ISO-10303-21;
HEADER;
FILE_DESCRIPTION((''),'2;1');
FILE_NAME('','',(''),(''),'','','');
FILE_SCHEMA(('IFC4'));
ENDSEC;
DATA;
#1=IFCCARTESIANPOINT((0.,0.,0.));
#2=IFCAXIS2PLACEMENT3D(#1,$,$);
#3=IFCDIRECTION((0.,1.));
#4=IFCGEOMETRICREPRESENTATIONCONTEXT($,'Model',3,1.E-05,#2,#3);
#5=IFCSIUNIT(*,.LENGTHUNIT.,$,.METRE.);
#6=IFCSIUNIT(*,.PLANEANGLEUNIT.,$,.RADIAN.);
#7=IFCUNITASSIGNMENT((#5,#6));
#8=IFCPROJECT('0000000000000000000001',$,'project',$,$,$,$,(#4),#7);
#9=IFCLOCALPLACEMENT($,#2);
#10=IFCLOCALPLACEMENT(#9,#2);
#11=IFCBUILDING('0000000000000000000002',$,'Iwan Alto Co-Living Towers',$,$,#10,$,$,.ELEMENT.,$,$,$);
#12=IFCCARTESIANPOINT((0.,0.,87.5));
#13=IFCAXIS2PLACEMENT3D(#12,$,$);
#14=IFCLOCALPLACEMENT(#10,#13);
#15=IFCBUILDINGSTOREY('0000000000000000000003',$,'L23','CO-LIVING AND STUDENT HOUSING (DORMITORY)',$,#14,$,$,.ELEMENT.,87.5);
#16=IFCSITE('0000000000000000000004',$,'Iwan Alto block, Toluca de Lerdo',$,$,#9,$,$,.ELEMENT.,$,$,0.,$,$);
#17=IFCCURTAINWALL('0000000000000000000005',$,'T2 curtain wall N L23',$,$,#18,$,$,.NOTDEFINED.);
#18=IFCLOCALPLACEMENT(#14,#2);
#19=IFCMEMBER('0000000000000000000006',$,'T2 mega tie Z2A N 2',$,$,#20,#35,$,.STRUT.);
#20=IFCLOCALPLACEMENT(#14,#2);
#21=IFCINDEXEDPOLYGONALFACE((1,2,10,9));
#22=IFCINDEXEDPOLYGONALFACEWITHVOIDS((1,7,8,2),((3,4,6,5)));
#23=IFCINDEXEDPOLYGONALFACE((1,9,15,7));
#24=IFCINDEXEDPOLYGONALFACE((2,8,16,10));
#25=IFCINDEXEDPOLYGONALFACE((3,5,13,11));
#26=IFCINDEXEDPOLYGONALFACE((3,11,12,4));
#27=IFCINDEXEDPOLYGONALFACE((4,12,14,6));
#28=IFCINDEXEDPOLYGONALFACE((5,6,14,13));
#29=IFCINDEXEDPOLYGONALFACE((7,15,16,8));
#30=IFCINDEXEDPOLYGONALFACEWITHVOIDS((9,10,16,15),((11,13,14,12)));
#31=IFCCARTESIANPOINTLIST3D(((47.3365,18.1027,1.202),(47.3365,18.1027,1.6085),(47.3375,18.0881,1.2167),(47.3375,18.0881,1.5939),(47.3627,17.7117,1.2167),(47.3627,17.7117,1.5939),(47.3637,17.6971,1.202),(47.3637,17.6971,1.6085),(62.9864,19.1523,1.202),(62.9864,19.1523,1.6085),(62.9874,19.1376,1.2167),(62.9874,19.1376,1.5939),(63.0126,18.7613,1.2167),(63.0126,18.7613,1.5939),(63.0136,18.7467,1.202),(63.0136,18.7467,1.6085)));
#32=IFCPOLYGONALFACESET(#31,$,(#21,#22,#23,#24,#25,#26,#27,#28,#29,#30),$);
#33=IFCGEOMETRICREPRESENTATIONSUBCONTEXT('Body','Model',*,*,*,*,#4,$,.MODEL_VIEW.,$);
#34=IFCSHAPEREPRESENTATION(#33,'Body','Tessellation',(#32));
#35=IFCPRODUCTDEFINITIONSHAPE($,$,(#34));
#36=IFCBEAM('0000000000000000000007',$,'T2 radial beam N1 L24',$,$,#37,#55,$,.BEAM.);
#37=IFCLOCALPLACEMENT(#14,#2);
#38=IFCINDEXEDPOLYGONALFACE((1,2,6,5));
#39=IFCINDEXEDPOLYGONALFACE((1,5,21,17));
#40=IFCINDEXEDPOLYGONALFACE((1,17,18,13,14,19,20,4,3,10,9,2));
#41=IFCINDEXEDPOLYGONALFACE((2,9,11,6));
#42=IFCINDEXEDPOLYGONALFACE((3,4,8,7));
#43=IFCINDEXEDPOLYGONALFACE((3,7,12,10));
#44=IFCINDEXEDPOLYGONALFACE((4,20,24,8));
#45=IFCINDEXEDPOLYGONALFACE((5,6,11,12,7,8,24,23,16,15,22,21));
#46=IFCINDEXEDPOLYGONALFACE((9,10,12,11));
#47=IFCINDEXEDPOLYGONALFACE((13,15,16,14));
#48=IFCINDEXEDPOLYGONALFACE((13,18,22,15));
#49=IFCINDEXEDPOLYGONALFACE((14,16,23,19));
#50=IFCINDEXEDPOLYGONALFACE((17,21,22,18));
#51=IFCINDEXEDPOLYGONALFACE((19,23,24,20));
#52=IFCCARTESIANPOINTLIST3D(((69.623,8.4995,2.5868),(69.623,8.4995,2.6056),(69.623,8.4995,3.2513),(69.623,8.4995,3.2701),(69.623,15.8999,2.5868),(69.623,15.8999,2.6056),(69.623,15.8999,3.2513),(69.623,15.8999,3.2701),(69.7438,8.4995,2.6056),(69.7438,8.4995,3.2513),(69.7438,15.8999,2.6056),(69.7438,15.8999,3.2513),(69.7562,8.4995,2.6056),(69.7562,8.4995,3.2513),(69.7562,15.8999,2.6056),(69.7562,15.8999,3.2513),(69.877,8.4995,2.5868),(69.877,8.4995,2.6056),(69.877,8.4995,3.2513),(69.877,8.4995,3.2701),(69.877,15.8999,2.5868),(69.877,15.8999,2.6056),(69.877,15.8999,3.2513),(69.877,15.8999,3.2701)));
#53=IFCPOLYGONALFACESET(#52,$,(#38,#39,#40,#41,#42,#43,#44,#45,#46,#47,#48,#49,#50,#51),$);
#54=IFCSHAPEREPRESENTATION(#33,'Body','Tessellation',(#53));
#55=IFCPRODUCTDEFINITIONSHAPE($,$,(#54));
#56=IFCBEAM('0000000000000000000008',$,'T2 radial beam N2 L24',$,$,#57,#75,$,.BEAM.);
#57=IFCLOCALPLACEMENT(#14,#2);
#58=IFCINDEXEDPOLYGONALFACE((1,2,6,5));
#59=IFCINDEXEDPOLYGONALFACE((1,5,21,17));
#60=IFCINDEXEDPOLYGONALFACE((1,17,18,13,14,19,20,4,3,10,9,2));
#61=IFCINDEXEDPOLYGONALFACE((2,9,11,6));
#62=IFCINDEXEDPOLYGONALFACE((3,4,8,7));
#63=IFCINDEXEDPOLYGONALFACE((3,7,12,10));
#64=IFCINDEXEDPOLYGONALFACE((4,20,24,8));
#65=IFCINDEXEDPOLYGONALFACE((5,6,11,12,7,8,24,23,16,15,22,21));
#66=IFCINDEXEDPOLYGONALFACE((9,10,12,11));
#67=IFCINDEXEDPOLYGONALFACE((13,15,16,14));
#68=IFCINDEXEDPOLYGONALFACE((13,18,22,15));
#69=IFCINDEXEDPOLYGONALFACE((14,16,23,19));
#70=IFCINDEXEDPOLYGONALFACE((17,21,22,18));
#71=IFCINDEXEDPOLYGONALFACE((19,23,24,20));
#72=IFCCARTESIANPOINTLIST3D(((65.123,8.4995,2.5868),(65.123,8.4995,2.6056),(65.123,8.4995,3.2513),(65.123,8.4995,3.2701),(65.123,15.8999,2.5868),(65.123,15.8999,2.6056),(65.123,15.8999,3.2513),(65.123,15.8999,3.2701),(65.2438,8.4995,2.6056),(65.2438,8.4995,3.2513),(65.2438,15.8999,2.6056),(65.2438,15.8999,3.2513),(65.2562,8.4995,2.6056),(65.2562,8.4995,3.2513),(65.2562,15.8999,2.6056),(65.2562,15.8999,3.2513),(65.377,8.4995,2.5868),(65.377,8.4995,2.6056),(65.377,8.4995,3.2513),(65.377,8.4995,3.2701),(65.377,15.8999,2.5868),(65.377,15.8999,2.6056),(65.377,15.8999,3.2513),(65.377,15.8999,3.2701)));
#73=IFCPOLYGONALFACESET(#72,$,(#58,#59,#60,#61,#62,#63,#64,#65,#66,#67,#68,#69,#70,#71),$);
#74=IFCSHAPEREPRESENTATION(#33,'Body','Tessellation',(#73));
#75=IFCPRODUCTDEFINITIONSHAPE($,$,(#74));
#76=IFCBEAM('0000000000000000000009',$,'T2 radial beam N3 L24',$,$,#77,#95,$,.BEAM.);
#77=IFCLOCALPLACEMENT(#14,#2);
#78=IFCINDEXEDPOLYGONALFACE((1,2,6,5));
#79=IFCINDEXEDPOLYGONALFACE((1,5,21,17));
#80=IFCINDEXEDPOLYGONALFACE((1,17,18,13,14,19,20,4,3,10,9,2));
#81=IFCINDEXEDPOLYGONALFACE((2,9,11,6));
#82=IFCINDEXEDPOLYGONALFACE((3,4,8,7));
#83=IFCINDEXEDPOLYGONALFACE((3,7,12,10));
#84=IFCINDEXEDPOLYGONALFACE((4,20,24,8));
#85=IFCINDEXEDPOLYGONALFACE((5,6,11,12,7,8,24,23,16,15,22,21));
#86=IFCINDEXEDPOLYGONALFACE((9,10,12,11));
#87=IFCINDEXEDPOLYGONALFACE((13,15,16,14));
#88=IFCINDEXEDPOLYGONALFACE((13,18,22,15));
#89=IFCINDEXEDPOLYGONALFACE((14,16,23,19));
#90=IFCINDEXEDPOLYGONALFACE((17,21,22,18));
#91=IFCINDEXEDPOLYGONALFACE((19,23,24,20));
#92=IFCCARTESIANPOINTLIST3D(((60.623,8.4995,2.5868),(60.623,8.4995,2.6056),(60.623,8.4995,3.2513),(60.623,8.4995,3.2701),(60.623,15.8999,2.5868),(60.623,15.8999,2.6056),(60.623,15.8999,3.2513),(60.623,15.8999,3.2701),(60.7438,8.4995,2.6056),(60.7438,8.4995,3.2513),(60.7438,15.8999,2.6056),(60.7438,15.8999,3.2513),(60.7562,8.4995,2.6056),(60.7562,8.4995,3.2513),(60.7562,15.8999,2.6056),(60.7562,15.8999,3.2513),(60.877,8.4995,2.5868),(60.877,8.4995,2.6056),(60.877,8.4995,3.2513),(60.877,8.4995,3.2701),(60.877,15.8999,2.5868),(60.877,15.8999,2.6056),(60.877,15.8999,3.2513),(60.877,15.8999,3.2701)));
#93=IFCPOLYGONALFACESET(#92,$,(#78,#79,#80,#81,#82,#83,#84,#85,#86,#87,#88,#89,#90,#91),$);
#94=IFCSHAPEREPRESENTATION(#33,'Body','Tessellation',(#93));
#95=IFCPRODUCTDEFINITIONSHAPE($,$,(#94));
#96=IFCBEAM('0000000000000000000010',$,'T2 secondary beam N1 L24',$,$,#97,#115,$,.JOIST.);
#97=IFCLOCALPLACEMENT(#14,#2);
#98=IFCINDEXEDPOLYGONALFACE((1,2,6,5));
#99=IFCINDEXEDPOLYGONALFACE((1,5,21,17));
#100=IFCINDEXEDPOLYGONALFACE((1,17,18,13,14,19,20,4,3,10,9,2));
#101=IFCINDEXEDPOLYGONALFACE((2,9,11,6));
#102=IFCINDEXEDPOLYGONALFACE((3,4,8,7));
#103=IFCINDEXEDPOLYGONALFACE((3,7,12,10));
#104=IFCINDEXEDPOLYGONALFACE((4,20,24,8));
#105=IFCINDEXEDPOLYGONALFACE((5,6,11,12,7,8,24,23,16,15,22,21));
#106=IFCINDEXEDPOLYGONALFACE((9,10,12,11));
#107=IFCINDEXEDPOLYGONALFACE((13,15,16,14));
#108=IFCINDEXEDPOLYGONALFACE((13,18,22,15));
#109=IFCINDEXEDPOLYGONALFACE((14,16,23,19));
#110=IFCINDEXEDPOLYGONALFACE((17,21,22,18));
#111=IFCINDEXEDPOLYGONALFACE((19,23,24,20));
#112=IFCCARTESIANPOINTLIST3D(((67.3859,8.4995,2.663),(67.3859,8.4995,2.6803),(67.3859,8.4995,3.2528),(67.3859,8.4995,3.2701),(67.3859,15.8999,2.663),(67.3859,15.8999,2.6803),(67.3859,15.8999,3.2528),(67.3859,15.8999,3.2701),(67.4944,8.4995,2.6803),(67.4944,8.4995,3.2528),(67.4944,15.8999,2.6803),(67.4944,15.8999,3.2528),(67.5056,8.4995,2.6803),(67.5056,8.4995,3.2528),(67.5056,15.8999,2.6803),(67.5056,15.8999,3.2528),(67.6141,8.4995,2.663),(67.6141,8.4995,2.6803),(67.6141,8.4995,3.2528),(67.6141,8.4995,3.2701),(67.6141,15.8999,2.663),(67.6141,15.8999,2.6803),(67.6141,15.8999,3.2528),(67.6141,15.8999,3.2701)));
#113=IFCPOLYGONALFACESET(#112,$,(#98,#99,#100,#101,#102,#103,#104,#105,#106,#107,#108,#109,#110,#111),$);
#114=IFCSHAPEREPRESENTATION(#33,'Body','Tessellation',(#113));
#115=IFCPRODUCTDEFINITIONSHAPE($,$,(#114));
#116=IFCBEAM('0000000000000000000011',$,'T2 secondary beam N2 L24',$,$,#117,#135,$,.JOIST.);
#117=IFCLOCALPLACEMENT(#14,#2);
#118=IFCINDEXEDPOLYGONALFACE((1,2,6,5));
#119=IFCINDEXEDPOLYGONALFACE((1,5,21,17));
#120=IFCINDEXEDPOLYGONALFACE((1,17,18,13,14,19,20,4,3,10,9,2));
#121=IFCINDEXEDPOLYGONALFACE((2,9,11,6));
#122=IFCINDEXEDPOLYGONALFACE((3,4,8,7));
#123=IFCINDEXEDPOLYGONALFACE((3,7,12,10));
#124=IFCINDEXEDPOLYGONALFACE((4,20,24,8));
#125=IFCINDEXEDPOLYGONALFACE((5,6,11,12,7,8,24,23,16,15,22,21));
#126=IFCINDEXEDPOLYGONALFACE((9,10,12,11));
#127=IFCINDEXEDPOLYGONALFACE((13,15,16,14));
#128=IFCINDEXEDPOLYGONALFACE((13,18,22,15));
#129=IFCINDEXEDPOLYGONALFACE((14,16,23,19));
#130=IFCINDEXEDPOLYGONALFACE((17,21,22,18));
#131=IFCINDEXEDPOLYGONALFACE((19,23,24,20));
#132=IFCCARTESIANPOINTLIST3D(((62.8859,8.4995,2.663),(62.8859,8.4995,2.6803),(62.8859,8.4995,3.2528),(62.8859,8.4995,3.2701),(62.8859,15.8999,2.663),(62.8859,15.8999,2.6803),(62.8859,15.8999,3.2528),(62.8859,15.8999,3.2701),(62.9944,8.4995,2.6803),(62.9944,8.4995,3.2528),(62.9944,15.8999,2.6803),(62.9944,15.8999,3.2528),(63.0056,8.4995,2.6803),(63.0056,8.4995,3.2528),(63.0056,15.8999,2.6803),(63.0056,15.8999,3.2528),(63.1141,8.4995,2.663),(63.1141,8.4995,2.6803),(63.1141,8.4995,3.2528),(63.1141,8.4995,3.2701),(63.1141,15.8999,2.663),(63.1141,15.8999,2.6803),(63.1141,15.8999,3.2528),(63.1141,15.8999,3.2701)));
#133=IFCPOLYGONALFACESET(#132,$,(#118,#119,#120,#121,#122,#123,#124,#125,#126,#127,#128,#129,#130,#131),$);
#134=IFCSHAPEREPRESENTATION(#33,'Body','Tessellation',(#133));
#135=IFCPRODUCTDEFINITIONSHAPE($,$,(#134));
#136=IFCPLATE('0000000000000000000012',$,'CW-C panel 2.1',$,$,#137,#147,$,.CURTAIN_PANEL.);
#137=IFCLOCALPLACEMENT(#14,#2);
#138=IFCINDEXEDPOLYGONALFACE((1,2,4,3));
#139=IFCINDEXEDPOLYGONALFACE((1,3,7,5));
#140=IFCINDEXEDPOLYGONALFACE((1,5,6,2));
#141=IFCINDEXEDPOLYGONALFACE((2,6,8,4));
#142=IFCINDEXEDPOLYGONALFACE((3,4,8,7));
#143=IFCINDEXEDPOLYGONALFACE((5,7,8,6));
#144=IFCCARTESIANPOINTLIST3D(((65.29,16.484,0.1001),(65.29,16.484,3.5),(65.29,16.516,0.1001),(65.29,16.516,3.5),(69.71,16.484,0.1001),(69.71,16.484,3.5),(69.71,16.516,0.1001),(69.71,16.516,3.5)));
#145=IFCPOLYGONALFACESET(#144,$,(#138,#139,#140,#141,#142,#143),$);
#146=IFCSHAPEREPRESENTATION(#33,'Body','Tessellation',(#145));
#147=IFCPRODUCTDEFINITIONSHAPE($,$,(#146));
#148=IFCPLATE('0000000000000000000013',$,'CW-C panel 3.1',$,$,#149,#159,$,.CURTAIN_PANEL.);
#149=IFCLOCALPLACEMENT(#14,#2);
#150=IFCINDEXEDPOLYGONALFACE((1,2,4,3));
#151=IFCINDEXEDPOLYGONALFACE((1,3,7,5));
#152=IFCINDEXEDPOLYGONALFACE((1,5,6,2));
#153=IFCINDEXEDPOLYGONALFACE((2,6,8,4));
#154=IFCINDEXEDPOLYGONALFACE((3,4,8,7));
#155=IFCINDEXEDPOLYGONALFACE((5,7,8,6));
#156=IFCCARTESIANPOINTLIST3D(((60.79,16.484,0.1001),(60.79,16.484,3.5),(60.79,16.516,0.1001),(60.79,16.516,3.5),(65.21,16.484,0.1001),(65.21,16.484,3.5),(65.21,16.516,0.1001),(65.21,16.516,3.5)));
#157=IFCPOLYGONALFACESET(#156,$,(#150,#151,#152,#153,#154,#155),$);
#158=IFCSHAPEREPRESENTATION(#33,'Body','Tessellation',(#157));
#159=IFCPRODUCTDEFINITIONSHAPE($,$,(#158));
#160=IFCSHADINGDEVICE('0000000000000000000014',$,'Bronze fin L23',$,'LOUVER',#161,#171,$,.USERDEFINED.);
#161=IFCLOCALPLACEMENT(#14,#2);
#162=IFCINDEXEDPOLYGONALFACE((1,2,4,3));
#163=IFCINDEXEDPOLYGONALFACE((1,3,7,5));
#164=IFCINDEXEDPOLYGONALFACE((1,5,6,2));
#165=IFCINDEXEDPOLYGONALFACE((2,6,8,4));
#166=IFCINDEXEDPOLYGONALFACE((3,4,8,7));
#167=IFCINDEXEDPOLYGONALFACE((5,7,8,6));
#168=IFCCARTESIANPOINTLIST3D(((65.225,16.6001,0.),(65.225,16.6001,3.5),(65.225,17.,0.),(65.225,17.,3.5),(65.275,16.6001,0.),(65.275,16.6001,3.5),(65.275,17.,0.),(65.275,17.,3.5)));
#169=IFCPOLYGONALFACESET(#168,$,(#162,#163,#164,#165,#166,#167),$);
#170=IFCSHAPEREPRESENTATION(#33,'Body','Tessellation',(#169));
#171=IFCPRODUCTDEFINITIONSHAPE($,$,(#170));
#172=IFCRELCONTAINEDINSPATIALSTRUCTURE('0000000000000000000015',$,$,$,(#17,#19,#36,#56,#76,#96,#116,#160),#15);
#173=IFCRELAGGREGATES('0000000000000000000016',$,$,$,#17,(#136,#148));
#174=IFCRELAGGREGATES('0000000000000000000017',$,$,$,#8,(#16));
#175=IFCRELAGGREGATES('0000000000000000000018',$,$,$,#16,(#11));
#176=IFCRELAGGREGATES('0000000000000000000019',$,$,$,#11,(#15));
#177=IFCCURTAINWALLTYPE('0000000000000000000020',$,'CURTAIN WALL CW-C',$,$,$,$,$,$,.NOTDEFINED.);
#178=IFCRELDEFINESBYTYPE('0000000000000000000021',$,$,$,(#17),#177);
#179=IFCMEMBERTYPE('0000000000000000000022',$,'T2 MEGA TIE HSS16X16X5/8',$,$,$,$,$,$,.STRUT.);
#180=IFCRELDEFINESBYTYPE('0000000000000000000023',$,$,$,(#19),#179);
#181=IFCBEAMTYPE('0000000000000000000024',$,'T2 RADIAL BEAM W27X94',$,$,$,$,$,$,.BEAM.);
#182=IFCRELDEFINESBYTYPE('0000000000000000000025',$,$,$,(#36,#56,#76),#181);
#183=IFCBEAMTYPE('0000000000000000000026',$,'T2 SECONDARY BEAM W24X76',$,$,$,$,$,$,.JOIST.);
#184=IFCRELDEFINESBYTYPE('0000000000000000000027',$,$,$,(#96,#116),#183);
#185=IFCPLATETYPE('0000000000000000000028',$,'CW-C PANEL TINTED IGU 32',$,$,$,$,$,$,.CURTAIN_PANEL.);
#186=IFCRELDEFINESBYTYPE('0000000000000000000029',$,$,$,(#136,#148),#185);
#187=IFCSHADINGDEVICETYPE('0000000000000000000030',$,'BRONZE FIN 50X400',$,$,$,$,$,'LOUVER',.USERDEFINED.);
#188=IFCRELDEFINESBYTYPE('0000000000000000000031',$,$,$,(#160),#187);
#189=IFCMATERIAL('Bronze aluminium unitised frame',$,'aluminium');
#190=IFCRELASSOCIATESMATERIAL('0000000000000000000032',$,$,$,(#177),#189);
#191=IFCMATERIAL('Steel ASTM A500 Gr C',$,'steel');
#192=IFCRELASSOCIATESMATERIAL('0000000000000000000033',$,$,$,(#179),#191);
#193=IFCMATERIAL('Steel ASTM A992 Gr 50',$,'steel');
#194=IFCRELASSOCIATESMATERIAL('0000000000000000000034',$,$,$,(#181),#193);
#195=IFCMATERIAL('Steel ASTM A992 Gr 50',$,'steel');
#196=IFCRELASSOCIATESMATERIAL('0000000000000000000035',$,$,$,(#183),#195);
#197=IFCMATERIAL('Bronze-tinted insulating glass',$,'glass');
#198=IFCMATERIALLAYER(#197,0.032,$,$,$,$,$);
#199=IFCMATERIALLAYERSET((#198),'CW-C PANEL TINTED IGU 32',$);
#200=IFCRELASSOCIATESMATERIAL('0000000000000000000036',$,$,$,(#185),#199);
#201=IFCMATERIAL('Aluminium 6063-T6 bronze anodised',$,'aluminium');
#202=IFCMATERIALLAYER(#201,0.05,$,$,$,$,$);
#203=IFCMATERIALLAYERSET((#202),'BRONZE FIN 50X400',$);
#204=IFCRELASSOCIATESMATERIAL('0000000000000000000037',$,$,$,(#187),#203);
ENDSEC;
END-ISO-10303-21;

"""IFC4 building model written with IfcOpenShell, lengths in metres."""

from ifc_helpers import new_model, si_unit, direction, frame, origin, origin_2d, place, context, subcontext, project, spatial, rectangle, hollow_rectangle, i_section, extrude, material, layer, layer_set, material_profile, profile_set, type_object, element, aggregate, save


model = new_model("IFC4")

# Units and contexts
model_context = context("Model", 3, precision=1e-05, world=origin(), true_north=direction((0.0, 1.0)))
body_context = subcontext(model_context, "Body", "Model", "MODEL_VIEW")
ifc_project = project(units=[si_unit("LENGTHUNIT", "METRE"), si_unit("PLANEANGLEUNIT", "RADIAN")], contexts=[model_context])

# Site, building, storey
site_placement = place(None, origin())
site = spatial("IfcSite", under=ifc_project, at=site_placement, Name="Iwan Alto block, Toluca de Lerdo", CompositionType="ELEMENT", RefElevation=0.0)
building_placement = place(site_placement, origin())
building = spatial("IfcBuilding", under=site, at=building_placement, Name="Iwan Alto Co-Living Towers", CompositionType="ELEMENT")
storey_placement = place(building_placement, frame((0.0, 0.0, 87.5)))
storey = spatial("IfcBuildingStorey", under=building, at=storey_placement, Name="L23", Description="CO-LIVING AND STUDENT HOUSING (DORMITORY)", CompositionType="ELEMENT", Elevation=87.5)

# Curtain wall
ifc_material_1 = material(Name="Bronze aluminium unitised frame", Category="aluminium")
curtain_wall_type = type_object("IfcCurtainWallType", Name="CURTAIN WALL CW-C", PredefinedType="NOTDEFINED", material=ifc_material_1)
curtain_wall_placement = place(storey_placement, origin())
curtain_wall = element("IfcCurtainWall", 1, at=curtain_wall_placement, inside=storey, type_object=curtain_wall_type, Name="T2 curtain wall N L23", PredefinedType="NOTDEFINED")

# Member
ifc_material_2 = material(Name="Steel ASTM A500 Gr C", Category="steel")
ifc_material_profile_1 = material_profile(ifc_material_2, hollow_rectangle(XDim=0.4065, YDim=0.4065, WallThickness=0.0146, at=origin_2d()), Name="HSS16X16X5/8")
ifc_profile_set_1 = profile_set([ifc_material_profile_1], Name="Steel ASTM A500 Gr C")
member_type_1 = type_object("IfcMemberType", Name="T2 MEGA TIE HSS16X16X5/8", PredefinedType="STRUT", material=ifc_profile_set_1)
member_1_placement = place(storey_placement, frame((63.0, 18.9495, 1.4053), z_axis=(-0.997759, -0.066915, 0.0), x_axis=(0.066915, -0.997759, 0.0)))
element("IfcMember", 2, at=member_1_placement, inside=storey, type_object=member_type_1, Name="T2 mega tie Z2A N 2", PredefinedType="STRUT", context=body_context, shape_type="SweptSolid", body=[
    extrude(hollow_rectangle(XDim=0.4065, YDim=0.4065, WallThickness=0.0146, at=origin_2d()), origin(), (0.0, 0.0, 1.0), 15.6851),
])

# Beams
ifc_material_3 = material(Name="Steel ASTM A992 Gr 50", Category="steel")
ifc_material_profile_2 = material_profile(ifc_material_3, i_section(OverallWidth=0.2539, OverallDepth=0.6833, WebThickness=0.0125, FlangeThickness=0.0188, at=origin_2d()), Name="W27X94")
ifc_profile_set_2 = profile_set([ifc_material_profile_2], Name="Steel ASTM A992 Gr 50")
beam_type_1 = type_object("IfcBeamType", Name="T2 RADIAL BEAM W27X94", PredefinedType="BEAM", material=ifc_profile_set_2)
for number, where, z_axis, x_axis, name in (
    (3, (69.75, 15.8999, 2.9285), (0.0, -1.0, 0.0), (1.0, 0.0, 0.0), "T2 radial beam N1 L24"),
    (4, (65.25, 15.8999, 2.9285), (0.0, -1.0, 0.0), (1.0, 0.0, 0.0), "T2 radial beam N2 L24"),
    (5, (60.75, 15.8999, 2.9285), (0.0, -1.0, 0.0), (1.0, 0.0, 0.0), "T2 radial beam N3 L24"),
):
    element("IfcBeam", number, at=place(storey_placement, frame(where, z_axis=z_axis, x_axis=x_axis)), inside=storey, type_object=beam_type_1, Name=name, PredefinedType="BEAM", context=body_context, shape_type="SweptSolid", body=[
        extrude(i_section(OverallWidth=0.2539, OverallDepth=0.6833, WebThickness=0.0125, FlangeThickness=0.0188, at=origin_2d()), origin(), (0.0, 0.0, 1.0), 7.4004),
    ])
ifc_material_4 = material(Name="Steel ASTM A992 Gr 50", Category="steel")
ifc_material_profile_3 = material_profile(ifc_material_4, i_section(OverallWidth=0.2283, OverallDepth=0.6072, WebThickness=0.0112, FlangeThickness=0.0173, at=origin_2d()), Name="W24X76")
ifc_profile_set_3 = profile_set([ifc_material_profile_3], Name="Steel ASTM A992 Gr 50")
beam_type_2 = type_object("IfcBeamType", Name="T2 SECONDARY BEAM W24X76", PredefinedType="JOIST", material=ifc_profile_set_3)
for number, where, z_axis, x_axis, name in (
    (6, (67.5, 15.8999, 2.9666), (0.0, -1.0, 0.0), (1.0, 0.0, 0.0), "T2 secondary beam N1 L24"),
    (7, (63.0, 15.8999, 2.9666), (0.0, -1.0, 0.0), (1.0, 0.0, 0.0), "T2 secondary beam N2 L24"),
):
    element("IfcBeam", number, at=place(storey_placement, frame(where, z_axis=z_axis, x_axis=x_axis)), inside=storey, type_object=beam_type_2, Name=name, PredefinedType="JOIST", context=body_context, shape_type="SweptSolid", body=[
        extrude(i_section(OverallWidth=0.2283, OverallDepth=0.6072, WebThickness=0.0112, FlangeThickness=0.0173, at=origin_2d()), origin(), (0.0, 0.0, 1.0), 7.4004),
    ])

# Plates
ifc_material_5 = material(Name="Bronze-tinted insulating glass", Category="glass")
ifc_layer_1 = layer(ifc_material_5, 0.032)
ifc_layer_set_1 = layer_set([ifc_layer_1], Name="CW-C PANEL TINTED IGU 32")
plate_type = type_object("IfcPlateType", Name="CW-C PANEL TINTED IGU 32", PredefinedType="CURTAIN_PANEL", material=ifc_layer_set_1)
plate_1_placement = place(storey_placement, frame((67.5, 16.5, 0.1001), z_axis=(0.0, 0.0, 1.0), x_axis=(-1.0, 0.0, 0.0)))
plate_1 = element("IfcPlate", 8, at=plate_1_placement, type_object=plate_type, Name="CW-C panel 2.1", PredefinedType="CURTAIN_PANEL", context=body_context, shape_type="SweptSolid", body=[
    extrude(rectangle(XDim=4.4199, YDim=0.032, at=origin_2d()), origin(), (0.0, 0.0, 1.0), 3.3999),
])
plate_2_placement = place(storey_placement, frame((63.0, 16.5, 0.1001), z_axis=(0.0, 0.0, 1.0), x_axis=(-1.0, 0.0, 0.0)))
plate_2 = element("IfcPlate", 9, at=plate_2_placement, type_object=plate_type, Name="CW-C panel 3.1", PredefinedType="CURTAIN_PANEL", context=body_context, shape_type="SweptSolid", body=[
    extrude(rectangle(XDim=4.4199, YDim=0.032, at=origin_2d()), origin(), (0.0, 0.0, 1.0), 3.3999),
])
aggregate(curtain_wall, [plate_1, plate_2])

# Shading device
ifc_material_6 = material(Name="Aluminium 6063-T6 bronze anodised", Category="aluminium")
ifc_layer_2 = layer(ifc_material_6, 0.05)
ifc_layer_set_2 = layer_set([ifc_layer_2], Name="BRONZE FIN 50X400")
shading_device_type = type_object("IfcShadingDeviceType", Name="BRONZE FIN 50X400", ElementType="LOUVER", PredefinedType="USERDEFINED", material=ifc_layer_set_2)
shading_device_placement = place(storey_placement, frame((65.25, 16.8, 0.0), z_axis=(0.0, 0.0, 1.0), x_axis=(-1.0, 0.0, 0.0)))
element("IfcShadingDevice", 10, at=shading_device_placement, inside=storey, type_object=shading_device_type, Name="Bronze fin L23", ObjectType="LOUVER", PredefinedType="USERDEFINED", context=body_context, shape_type="SweptSolid", body=[
    extrude(rectangle(XDim=0.05, YDim=0.3999, at=origin_2d()), origin(), (0.0, 0.0, 1.0), 3.5),
])

save(model, "model.ifc")
